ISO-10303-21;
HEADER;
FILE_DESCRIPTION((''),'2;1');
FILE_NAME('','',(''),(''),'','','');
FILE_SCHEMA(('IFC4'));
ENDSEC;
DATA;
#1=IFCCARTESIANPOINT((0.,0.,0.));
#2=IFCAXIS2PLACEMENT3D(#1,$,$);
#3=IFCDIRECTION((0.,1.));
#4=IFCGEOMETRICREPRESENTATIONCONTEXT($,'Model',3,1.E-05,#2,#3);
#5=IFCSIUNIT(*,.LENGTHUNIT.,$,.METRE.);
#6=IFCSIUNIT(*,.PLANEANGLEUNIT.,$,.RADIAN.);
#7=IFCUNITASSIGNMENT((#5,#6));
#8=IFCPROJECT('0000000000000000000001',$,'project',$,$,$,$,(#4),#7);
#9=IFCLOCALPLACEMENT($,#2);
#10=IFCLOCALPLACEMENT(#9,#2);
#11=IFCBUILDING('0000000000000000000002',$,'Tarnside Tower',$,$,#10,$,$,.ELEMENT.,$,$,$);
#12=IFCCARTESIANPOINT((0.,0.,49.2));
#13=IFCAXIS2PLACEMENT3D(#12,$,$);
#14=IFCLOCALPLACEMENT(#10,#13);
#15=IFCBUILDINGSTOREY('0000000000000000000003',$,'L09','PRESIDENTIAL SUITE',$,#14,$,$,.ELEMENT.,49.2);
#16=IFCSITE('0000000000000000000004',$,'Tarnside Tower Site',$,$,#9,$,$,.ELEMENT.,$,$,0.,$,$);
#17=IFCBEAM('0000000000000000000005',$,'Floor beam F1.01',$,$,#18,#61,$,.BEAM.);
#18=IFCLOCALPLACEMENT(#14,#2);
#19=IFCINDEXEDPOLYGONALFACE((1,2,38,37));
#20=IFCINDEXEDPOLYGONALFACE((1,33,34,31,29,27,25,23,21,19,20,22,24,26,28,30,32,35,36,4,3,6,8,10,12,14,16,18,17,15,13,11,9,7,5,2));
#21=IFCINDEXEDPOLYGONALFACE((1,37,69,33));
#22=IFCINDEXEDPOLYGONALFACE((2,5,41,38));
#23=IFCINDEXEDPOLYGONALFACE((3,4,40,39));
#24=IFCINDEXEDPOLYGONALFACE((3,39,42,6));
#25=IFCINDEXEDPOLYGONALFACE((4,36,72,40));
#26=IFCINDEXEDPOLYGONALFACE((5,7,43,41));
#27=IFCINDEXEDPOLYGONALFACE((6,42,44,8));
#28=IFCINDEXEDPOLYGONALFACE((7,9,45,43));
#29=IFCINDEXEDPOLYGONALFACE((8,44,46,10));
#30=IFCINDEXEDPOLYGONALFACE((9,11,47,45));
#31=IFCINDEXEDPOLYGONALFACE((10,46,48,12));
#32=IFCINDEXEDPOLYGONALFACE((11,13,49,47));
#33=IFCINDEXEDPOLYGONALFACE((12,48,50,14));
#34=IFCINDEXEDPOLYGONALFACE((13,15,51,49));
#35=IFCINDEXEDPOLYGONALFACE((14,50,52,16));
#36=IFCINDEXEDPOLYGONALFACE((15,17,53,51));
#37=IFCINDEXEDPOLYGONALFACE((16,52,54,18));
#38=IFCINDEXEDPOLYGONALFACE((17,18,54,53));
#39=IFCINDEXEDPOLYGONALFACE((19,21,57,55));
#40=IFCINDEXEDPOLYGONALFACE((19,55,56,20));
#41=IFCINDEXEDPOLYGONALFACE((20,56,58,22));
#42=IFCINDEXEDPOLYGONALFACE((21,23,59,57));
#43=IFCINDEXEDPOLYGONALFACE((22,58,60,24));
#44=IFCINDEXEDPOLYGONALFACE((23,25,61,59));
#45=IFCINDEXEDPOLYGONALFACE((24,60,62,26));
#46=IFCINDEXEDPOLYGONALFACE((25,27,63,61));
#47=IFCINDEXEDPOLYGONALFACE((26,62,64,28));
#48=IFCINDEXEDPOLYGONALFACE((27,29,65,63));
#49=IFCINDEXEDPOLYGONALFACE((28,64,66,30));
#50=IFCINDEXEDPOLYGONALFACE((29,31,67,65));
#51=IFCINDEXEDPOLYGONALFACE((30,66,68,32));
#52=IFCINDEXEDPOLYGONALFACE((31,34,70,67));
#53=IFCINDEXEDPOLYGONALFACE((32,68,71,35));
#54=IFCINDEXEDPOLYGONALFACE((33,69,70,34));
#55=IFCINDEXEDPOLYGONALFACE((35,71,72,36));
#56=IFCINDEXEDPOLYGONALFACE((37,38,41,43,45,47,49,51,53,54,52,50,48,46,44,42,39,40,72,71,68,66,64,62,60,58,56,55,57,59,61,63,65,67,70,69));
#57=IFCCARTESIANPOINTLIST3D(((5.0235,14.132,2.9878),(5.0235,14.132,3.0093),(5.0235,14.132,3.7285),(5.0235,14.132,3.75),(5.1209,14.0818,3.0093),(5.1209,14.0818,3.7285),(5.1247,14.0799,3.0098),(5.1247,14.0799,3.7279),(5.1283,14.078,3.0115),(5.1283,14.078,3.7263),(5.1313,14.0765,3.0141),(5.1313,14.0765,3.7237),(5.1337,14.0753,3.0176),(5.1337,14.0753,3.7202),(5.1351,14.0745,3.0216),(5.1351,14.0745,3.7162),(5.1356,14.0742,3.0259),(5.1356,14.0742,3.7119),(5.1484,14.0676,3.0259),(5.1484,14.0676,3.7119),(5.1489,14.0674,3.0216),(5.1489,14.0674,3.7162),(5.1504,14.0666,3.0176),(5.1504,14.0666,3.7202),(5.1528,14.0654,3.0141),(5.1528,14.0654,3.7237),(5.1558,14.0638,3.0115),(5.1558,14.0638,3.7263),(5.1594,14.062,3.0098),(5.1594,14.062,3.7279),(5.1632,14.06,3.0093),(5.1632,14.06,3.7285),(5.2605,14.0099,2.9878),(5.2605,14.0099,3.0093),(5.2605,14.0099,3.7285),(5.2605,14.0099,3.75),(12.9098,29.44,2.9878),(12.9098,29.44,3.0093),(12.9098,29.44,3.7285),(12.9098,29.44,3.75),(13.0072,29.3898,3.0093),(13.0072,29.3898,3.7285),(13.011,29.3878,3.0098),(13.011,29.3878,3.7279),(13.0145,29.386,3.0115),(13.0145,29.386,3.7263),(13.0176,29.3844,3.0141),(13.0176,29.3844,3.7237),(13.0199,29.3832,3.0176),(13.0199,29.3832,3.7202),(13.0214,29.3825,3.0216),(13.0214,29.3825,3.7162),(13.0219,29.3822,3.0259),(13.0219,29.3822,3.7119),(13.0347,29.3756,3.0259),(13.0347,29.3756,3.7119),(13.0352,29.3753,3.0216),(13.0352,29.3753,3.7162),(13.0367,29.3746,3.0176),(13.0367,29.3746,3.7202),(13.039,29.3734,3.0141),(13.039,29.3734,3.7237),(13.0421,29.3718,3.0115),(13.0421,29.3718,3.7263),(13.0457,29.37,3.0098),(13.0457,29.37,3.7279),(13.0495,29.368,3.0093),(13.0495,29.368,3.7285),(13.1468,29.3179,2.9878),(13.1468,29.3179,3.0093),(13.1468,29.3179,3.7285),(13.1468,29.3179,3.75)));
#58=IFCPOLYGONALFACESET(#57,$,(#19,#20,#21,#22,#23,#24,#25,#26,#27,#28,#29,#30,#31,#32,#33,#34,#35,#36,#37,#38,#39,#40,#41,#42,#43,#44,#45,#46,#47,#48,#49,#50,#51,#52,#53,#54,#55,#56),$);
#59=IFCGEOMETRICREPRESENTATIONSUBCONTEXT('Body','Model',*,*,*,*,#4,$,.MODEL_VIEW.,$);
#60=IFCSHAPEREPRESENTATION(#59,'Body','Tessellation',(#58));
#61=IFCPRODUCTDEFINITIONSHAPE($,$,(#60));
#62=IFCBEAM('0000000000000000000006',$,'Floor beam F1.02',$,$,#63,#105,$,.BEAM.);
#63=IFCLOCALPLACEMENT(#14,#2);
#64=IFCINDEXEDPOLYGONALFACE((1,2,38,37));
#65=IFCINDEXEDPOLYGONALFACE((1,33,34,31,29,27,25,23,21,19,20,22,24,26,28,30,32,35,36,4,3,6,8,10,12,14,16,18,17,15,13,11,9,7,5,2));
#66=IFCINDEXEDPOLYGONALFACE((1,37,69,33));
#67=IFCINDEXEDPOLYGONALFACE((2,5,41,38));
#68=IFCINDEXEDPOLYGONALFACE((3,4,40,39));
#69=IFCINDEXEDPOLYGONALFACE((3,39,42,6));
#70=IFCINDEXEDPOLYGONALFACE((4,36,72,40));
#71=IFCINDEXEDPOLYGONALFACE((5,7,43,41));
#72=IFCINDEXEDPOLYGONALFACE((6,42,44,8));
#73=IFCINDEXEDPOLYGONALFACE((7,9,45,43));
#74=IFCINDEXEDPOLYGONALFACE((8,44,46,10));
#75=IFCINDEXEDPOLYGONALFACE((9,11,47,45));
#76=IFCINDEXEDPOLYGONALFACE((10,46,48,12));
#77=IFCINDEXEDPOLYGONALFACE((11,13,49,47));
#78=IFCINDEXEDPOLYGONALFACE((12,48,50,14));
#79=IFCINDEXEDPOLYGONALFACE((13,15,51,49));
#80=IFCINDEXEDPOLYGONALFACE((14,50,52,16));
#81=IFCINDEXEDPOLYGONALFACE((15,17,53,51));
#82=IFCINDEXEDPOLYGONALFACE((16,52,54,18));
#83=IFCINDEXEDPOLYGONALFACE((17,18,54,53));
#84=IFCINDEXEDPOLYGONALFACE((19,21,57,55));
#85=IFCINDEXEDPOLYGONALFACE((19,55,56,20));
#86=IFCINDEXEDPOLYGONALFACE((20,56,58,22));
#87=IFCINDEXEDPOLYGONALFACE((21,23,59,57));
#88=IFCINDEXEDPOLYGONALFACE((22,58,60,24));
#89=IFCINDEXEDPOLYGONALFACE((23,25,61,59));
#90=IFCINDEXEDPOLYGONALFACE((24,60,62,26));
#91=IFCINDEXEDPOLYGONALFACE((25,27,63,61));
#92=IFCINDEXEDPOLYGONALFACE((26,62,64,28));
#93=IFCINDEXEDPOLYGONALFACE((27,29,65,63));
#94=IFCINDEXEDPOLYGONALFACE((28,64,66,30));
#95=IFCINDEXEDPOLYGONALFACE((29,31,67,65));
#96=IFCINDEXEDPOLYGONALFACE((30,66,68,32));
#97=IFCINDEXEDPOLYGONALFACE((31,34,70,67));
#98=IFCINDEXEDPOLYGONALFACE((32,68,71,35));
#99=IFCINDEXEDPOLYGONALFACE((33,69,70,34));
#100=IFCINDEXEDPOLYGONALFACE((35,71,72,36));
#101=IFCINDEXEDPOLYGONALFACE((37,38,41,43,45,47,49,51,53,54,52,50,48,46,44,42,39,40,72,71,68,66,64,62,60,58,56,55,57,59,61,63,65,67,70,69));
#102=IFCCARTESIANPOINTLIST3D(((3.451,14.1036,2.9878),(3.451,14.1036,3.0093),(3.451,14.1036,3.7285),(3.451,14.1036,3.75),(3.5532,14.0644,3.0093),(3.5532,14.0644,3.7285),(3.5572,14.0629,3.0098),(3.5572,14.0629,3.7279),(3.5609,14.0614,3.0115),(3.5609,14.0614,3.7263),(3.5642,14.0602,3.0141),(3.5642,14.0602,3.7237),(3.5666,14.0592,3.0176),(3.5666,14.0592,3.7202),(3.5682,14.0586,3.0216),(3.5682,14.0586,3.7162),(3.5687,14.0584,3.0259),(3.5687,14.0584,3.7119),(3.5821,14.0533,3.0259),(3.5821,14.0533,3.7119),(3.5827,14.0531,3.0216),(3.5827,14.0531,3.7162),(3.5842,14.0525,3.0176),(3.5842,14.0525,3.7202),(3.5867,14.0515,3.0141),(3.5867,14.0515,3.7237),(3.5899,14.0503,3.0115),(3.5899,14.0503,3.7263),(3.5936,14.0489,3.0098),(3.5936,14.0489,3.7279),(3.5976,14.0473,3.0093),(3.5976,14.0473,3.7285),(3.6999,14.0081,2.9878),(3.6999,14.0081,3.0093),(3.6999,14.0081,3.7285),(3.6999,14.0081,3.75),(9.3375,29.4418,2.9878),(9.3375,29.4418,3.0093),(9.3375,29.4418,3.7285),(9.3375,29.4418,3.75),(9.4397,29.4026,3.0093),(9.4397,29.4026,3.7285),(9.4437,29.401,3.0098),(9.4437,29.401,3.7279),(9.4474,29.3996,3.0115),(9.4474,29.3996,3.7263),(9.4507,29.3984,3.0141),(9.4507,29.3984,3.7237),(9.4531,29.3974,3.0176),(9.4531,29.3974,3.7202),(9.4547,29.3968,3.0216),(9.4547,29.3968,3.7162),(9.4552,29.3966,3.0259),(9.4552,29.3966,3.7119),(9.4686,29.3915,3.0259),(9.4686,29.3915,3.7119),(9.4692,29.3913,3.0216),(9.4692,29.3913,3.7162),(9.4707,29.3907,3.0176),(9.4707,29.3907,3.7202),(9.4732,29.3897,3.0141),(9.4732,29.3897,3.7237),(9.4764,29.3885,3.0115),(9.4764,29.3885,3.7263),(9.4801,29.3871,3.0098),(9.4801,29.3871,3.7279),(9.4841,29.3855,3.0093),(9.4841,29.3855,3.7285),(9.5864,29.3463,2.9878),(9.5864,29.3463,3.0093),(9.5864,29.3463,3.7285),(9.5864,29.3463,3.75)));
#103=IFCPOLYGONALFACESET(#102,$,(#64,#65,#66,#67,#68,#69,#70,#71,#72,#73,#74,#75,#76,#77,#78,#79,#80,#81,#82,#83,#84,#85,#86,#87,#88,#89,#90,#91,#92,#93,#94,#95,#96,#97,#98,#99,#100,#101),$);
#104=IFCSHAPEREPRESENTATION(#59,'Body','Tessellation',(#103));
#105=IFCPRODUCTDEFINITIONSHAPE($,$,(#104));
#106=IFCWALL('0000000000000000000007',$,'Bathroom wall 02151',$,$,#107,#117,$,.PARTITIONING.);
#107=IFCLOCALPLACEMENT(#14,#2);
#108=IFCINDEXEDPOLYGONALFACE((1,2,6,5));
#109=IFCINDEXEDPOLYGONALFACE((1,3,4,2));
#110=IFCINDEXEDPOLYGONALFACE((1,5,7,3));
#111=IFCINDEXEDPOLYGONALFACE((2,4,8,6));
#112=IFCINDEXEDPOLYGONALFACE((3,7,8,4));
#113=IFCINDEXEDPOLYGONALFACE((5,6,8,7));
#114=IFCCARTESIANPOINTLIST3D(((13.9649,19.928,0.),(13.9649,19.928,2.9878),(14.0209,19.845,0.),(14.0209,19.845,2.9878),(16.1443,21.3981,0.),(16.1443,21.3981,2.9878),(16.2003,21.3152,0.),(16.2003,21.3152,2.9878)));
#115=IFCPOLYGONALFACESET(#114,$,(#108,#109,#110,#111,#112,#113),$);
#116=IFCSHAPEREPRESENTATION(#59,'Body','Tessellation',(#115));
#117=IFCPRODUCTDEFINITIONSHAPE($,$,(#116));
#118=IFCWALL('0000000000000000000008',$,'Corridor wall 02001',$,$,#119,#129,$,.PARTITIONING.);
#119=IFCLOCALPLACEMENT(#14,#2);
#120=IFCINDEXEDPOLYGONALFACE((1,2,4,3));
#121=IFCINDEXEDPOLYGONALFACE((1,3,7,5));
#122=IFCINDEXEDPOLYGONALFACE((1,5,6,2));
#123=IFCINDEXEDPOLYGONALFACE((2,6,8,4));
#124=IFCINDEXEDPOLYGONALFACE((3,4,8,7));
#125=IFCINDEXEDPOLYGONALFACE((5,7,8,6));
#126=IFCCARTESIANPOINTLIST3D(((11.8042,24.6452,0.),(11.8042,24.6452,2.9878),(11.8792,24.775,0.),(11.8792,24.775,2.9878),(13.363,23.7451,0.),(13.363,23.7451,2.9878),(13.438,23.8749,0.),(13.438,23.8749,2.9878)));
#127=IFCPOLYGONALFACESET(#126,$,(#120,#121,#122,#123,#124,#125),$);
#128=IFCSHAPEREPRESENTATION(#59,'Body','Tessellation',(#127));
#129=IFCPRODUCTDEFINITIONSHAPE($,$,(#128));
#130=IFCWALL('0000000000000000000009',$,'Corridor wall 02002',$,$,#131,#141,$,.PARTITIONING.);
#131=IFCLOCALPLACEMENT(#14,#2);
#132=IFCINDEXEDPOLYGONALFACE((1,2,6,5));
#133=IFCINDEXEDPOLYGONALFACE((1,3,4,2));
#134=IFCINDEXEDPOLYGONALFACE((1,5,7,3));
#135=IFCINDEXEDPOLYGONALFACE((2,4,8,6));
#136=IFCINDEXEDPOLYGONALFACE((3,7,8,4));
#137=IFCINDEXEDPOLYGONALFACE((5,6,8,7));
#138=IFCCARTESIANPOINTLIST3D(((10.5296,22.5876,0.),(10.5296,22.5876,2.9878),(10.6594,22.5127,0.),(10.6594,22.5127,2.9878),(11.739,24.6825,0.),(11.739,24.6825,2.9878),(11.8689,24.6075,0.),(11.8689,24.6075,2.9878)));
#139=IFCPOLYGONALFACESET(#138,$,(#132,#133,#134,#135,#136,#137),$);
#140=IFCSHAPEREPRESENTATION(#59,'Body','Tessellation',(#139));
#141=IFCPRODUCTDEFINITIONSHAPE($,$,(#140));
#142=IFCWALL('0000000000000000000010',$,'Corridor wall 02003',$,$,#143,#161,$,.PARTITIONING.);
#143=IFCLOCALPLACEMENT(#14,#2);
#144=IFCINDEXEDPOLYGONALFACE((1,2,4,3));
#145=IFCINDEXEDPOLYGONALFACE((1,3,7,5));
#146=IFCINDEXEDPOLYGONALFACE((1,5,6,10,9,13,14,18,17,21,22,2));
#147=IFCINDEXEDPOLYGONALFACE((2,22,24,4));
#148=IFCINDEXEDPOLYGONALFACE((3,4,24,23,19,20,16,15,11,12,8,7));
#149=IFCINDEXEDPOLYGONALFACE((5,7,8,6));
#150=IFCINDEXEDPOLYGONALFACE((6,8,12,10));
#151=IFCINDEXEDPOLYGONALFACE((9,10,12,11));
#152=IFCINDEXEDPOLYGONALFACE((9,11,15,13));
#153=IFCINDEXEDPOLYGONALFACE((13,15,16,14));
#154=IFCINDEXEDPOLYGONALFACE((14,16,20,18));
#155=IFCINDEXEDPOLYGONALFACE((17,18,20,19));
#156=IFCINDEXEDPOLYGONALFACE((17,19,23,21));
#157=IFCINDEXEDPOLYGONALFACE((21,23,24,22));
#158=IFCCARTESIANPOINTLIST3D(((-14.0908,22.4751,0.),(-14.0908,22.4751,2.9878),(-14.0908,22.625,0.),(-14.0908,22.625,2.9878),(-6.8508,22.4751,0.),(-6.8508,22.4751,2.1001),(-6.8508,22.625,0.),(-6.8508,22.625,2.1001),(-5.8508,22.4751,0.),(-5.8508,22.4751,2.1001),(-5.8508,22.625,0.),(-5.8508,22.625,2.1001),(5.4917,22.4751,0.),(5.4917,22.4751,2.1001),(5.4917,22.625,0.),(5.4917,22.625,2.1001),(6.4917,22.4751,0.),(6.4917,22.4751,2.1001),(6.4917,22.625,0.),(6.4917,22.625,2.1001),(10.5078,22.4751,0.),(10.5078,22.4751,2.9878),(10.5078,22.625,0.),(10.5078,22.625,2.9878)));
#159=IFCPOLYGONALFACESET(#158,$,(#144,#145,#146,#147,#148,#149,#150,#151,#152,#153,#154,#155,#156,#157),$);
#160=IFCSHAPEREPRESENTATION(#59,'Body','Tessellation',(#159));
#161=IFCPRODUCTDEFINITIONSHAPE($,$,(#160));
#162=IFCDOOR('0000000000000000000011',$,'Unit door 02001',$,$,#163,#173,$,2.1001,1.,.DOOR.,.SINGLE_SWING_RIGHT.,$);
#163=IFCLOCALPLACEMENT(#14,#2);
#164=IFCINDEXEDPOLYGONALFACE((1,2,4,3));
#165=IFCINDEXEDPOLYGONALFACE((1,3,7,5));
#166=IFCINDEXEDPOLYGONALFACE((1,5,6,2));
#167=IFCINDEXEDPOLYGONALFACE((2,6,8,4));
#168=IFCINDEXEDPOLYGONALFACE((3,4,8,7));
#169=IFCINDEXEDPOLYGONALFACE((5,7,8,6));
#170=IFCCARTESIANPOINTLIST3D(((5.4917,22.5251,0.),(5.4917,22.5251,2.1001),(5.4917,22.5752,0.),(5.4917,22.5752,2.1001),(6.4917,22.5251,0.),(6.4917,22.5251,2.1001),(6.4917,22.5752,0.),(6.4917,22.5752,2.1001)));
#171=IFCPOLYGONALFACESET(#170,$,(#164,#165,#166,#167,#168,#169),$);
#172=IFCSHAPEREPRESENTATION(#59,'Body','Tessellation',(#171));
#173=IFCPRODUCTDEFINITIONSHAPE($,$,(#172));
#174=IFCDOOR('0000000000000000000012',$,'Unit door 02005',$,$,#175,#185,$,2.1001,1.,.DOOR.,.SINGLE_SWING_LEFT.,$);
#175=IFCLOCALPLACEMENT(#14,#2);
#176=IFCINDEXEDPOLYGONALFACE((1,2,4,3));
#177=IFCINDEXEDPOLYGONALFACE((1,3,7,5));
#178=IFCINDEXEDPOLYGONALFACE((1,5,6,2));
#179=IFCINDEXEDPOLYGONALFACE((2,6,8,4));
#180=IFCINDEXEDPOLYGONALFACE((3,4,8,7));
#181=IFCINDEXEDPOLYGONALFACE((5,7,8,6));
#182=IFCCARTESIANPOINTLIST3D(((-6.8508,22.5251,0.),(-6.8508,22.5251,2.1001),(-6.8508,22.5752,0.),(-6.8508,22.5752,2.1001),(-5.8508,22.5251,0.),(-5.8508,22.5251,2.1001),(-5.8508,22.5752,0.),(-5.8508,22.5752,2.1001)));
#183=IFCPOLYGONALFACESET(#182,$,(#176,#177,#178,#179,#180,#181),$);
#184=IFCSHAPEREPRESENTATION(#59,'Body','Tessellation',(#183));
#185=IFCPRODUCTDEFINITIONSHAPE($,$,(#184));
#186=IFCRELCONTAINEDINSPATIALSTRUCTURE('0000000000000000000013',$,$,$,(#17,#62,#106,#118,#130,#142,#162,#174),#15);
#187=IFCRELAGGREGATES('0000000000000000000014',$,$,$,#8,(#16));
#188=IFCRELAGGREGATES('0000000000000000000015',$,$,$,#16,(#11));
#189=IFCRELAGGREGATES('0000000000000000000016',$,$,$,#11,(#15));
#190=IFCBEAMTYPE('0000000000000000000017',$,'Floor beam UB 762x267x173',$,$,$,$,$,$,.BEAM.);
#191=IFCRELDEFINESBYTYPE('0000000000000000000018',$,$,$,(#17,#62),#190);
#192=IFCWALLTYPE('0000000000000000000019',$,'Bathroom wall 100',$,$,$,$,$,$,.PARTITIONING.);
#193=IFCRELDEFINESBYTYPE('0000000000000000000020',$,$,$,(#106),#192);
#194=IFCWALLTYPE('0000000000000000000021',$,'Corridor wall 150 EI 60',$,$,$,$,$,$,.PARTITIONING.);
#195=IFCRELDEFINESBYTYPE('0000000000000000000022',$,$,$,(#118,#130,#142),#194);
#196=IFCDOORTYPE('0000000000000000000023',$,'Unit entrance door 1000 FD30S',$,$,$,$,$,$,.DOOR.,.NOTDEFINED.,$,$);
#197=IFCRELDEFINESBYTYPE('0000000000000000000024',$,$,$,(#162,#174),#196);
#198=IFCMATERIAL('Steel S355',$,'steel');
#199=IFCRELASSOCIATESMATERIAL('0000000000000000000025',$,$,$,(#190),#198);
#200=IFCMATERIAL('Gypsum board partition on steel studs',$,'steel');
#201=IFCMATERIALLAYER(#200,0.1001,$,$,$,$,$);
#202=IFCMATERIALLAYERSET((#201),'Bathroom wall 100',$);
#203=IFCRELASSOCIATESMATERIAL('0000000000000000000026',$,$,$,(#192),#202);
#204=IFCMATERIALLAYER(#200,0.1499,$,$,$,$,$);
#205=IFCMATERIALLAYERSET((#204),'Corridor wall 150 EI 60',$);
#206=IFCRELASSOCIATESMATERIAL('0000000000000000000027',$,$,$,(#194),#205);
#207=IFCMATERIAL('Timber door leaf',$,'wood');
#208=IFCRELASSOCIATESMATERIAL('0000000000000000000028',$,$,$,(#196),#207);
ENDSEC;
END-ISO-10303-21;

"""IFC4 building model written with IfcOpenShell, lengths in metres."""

from ifc_helpers import new_model, si_unit, direction, frame, frame_2d, origin, origin_2d, place, context, subcontext, project, spatial, rectangle, i_section, extrude, material, layer, layer_set, material_profile, profile_set, type_object, element, fill, save


model = new_model("IFC4")

# Units and contexts
model_context = context("Model", 3, precision=1e-05, world=origin(), true_north=direction((0.0, 1.0)))
body_context = subcontext(model_context, "Body", "Model", "MODEL_VIEW")
ifc_project = project(units=[si_unit("LENGTHUNIT", "METRE"), si_unit("PLANEANGLEUNIT", "RADIAN")], contexts=[model_context])

# Site, building, storey
site_placement = place(None, origin())
site = spatial("IfcSite", under=ifc_project, at=site_placement, Name="Tarnside Tower Site", CompositionType="ELEMENT", RefElevation=0.0)
building_placement = place(site_placement, origin())
building = spatial("IfcBuilding", under=site, at=building_placement, Name="Tarnside Tower", CompositionType="ELEMENT")
storey_placement = place(building_placement, frame((0.0, 0.0, 49.2)))
storey = spatial("IfcBuildingStorey", under=building, at=storey_placement, Name="L09", Description="PRESIDENTIAL SUITE", CompositionType="ELEMENT", Elevation=49.2)

# Beams
ifc_material_1 = material(Name="Steel S355", Category="steel")
ifc_material_profile = material_profile(ifc_material_1, i_section(OverallWidth=0.2666, OverallDepth=0.7622, WebThickness=0.0144, FlangeThickness=0.0215, FilletRadius=0.0166, at=origin_2d()), Name="UB 762x267x173")
ifc_profile_set = profile_set([ifc_material_profile], Name="Steel S355")
beam_type = type_object("IfcBeamType", Name="Floor beam UB 762x267x173", PredefinedType="BEAM", material=ifc_profile_set)
beam_1_placement = place(storey_placement, frame((13.0283, 29.3789, 3.3689), z_axis=(-0.457973, -0.888966, 0.0), x_axis=(0.888966, -0.457973, 0.0)))
element("IfcBeam", 1, at=beam_1_placement, inside=storey, type_object=beam_type, Name="Floor beam F1.01", PredefinedType="BEAM", context=body_context, shape_type="SweptSolid", body=[
    extrude(i_section(OverallWidth=0.2666, OverallDepth=0.7622, WebThickness=0.0144, FlangeThickness=0.0215, FilletRadius=0.0166, at=origin_2d()), origin(), (0.0, 0.0, 1.0), 17.22),
])
beam_2_placement = place(storey_placement, frame((9.4619, 29.394, 3.3689), z_axis=(-0.3583, -0.933607, 0.0), x_axis=(0.933607, -0.3583, 0.0)))
element("IfcBeam", 2, at=beam_2_placement, inside=storey, type_object=beam_type, Name="Floor beam F1.02", PredefinedType="BEAM", context=body_context, shape_type="SweptSolid", body=[
    extrude(i_section(OverallWidth=0.2666, OverallDepth=0.7622, WebThickness=0.0144, FlangeThickness=0.0215, FilletRadius=0.0166, at=origin_2d()), origin(), (0.0, 0.0, 1.0), 16.429),
])

# Walls
ifc_material_2 = material(Name="Gypsum board partition on steel studs", Category="steel")
ifc_layer_1 = layer(ifc_material_2, 0.1001)
ifc_layer_set_1 = layer_set([ifc_layer_1], Name="Bathroom wall 100")
wall_type_1 = type_object("IfcWallType", Name="Bathroom wall 100", PredefinedType="PARTITIONING", material=ifc_layer_set_1)
wall_1_placement = place(storey_placement, frame((13.9929, 19.8865, 0.0), z_axis=(0.0, 0.0, 1.0), x_axis=(0.829009, 0.559235, 0.0)))
element("IfcWall", 3, at=wall_1_placement, inside=storey, type_object=wall_type_1, Name="Bathroom wall 02151", PredefinedType="PARTITIONING", context=body_context, shape_type="SweptSolid", body=[
    extrude(rectangle(XDim=2.6289, YDim=0.1001, at=frame_2d((1.3145, 0.0))), origin(), (0.0, 0.0, 1.0), 2.9878),
])
ifc_layer_2 = layer(ifc_material_2, 0.1499)
ifc_layer_set_2 = layer_set([ifc_layer_2], Name="Corridor wall 150 EI 60")
wall_type_2 = type_object("IfcWallType", Name="Corridor wall 150 EI 60", PredefinedType="PARTITIONING", material=ifc_layer_set_2)
wall_2_placement = place(storey_placement, frame((13.4004, 23.8101, 0.0), z_axis=(0.0, 0.0, 1.0), x_axis=(-0.865989, 0.500063, 0.0)))
element("IfcWall", 4, at=wall_2_placement, inside=storey, type_object=wall_type_2, Name="Corridor wall 02001", PredefinedType="PARTITIONING", context=body_context, shape_type="SweptSolid", body=[
    extrude(rectangle(XDim=1.8, YDim=0.1499, at=frame_2d((0.8999, 0.0))), origin(), (0.0, 0.0, 1.0), 2.9878),
])
wall_3_placement = place(storey_placement, frame((11.804, 24.645, 0.0), z_axis=(0.0, 0.0, 1.0), x_axis=(-0.499982, -0.866036, 0.0)))
element("IfcWall", 5, at=wall_3_placement, inside=storey, type_object=wall_type_2, Name="Corridor wall 02002", PredefinedType="PARTITIONING", context=body_context, shape_type="SweptSolid", body=[
    extrude(rectangle(XDim=2.4189, YDim=0.1499, at=frame_2d((1.2095, 0.0))), origin(), (0.0, 0.0, 1.0), 2.9878),
])

# Wall, openings, doors
wall_4_placement = place(storey_placement, frame((10.5078, 22.55, 0.0), z_axis=(0.0, 0.0, 1.0), x_axis=(-1.0, 0.0, 0.0)))
wall_4 = element("IfcWall", 6, at=wall_4_placement, inside=storey, type_object=wall_type_2, Name="Corridor wall 02003", PredefinedType="PARTITIONING", context=body_context, shape_type="SweptSolid", body=[
    extrude(rectangle(XDim=24.5986, YDim=0.1499, at=frame_2d((12.2993, 0.0))), origin(), (0.0, 0.0, 1.0), 2.9878),
])
opening_1_placement = place(wall_4_placement, frame((4.0161, 0.0, 0.0)))
opening_1 = element("IfcOpeningElement", 7, at=opening_1_placement, cuts=wall_4, PredefinedType="OPENING", context=body_context, shape_type="SweptSolid", body=[
    extrude(rectangle(XDim=1.0, YDim=2.1001, at=frame_2d((0.5, 1.05))), frame((0.0, 0.085, 0.0), z_axis=(0.0, -1.0, 0.0), x_axis=(1.0, 0.0, 0.0)), (0.0, 0.0, 1.0), 0.1699),
])
opening_2_placement = place(wall_4_placement, frame((16.3586, 0.0, 0.0)))
opening_2 = element("IfcOpeningElement", 8, at=opening_2_placement, cuts=wall_4, PredefinedType="OPENING", context=body_context, shape_type="SweptSolid", body=[
    extrude(rectangle(XDim=1.0, YDim=2.1001, at=frame_2d((0.5, 1.05))), frame((0.0, 0.085, 0.0), z_axis=(0.0, -1.0, 0.0), x_axis=(1.0, 0.0, 0.0)), (0.0, 0.0, 1.0), 0.1699),
])
ifc_material_3 = material(Name="Timber door leaf", Category="wood")
door_type = type_object("IfcDoorType", Name="Unit entrance door 1000 FD30S", OperationType="NOTDEFINED", PredefinedType="DOOR", material=ifc_material_3)
door_1_placement = place(opening_1_placement, origin())
door_1 = element("IfcDoor", 9, at=door_1_placement, inside=storey, type_object=door_type, Name="Unit door 02001", OperationType="SINGLE_SWING_RIGHT", OverallHeight=2.1001, OverallWidth=1.0, PredefinedType="DOOR", context=body_context, shape_type="SweptSolid", body=[
    extrude(rectangle(XDim=1.0, YDim=2.1001, at=frame_2d((0.5, 1.05))), frame((0.0, 0.0249, 0.0), z_axis=(0.0, -1.0, 0.0), x_axis=(1.0, 0.0, 0.0)), (0.0, 0.0, 1.0), 0.05),
])
fill(opening_1, door_1)
door_2_placement = place(opening_2_placement, origin())
door_2 = element("IfcDoor", 10, at=door_2_placement, inside=storey, type_object=door_type, Name="Unit door 02005", OperationType="SINGLE_SWING_LEFT", OverallHeight=2.1001, OverallWidth=1.0, PredefinedType="DOOR", context=body_context, shape_type="SweptSolid", body=[
    extrude(rectangle(XDim=1.0, YDim=2.1001, at=frame_2d((0.5, 1.05))), frame((0.0, 0.0249, 0.0), z_axis=(0.0, -1.0, 0.0), x_axis=(1.0, 0.0, 0.0)), (0.0, 0.0, 1.0), 0.05),
])
fill(opening_2, door_2)

save(model, "model.ifc")
